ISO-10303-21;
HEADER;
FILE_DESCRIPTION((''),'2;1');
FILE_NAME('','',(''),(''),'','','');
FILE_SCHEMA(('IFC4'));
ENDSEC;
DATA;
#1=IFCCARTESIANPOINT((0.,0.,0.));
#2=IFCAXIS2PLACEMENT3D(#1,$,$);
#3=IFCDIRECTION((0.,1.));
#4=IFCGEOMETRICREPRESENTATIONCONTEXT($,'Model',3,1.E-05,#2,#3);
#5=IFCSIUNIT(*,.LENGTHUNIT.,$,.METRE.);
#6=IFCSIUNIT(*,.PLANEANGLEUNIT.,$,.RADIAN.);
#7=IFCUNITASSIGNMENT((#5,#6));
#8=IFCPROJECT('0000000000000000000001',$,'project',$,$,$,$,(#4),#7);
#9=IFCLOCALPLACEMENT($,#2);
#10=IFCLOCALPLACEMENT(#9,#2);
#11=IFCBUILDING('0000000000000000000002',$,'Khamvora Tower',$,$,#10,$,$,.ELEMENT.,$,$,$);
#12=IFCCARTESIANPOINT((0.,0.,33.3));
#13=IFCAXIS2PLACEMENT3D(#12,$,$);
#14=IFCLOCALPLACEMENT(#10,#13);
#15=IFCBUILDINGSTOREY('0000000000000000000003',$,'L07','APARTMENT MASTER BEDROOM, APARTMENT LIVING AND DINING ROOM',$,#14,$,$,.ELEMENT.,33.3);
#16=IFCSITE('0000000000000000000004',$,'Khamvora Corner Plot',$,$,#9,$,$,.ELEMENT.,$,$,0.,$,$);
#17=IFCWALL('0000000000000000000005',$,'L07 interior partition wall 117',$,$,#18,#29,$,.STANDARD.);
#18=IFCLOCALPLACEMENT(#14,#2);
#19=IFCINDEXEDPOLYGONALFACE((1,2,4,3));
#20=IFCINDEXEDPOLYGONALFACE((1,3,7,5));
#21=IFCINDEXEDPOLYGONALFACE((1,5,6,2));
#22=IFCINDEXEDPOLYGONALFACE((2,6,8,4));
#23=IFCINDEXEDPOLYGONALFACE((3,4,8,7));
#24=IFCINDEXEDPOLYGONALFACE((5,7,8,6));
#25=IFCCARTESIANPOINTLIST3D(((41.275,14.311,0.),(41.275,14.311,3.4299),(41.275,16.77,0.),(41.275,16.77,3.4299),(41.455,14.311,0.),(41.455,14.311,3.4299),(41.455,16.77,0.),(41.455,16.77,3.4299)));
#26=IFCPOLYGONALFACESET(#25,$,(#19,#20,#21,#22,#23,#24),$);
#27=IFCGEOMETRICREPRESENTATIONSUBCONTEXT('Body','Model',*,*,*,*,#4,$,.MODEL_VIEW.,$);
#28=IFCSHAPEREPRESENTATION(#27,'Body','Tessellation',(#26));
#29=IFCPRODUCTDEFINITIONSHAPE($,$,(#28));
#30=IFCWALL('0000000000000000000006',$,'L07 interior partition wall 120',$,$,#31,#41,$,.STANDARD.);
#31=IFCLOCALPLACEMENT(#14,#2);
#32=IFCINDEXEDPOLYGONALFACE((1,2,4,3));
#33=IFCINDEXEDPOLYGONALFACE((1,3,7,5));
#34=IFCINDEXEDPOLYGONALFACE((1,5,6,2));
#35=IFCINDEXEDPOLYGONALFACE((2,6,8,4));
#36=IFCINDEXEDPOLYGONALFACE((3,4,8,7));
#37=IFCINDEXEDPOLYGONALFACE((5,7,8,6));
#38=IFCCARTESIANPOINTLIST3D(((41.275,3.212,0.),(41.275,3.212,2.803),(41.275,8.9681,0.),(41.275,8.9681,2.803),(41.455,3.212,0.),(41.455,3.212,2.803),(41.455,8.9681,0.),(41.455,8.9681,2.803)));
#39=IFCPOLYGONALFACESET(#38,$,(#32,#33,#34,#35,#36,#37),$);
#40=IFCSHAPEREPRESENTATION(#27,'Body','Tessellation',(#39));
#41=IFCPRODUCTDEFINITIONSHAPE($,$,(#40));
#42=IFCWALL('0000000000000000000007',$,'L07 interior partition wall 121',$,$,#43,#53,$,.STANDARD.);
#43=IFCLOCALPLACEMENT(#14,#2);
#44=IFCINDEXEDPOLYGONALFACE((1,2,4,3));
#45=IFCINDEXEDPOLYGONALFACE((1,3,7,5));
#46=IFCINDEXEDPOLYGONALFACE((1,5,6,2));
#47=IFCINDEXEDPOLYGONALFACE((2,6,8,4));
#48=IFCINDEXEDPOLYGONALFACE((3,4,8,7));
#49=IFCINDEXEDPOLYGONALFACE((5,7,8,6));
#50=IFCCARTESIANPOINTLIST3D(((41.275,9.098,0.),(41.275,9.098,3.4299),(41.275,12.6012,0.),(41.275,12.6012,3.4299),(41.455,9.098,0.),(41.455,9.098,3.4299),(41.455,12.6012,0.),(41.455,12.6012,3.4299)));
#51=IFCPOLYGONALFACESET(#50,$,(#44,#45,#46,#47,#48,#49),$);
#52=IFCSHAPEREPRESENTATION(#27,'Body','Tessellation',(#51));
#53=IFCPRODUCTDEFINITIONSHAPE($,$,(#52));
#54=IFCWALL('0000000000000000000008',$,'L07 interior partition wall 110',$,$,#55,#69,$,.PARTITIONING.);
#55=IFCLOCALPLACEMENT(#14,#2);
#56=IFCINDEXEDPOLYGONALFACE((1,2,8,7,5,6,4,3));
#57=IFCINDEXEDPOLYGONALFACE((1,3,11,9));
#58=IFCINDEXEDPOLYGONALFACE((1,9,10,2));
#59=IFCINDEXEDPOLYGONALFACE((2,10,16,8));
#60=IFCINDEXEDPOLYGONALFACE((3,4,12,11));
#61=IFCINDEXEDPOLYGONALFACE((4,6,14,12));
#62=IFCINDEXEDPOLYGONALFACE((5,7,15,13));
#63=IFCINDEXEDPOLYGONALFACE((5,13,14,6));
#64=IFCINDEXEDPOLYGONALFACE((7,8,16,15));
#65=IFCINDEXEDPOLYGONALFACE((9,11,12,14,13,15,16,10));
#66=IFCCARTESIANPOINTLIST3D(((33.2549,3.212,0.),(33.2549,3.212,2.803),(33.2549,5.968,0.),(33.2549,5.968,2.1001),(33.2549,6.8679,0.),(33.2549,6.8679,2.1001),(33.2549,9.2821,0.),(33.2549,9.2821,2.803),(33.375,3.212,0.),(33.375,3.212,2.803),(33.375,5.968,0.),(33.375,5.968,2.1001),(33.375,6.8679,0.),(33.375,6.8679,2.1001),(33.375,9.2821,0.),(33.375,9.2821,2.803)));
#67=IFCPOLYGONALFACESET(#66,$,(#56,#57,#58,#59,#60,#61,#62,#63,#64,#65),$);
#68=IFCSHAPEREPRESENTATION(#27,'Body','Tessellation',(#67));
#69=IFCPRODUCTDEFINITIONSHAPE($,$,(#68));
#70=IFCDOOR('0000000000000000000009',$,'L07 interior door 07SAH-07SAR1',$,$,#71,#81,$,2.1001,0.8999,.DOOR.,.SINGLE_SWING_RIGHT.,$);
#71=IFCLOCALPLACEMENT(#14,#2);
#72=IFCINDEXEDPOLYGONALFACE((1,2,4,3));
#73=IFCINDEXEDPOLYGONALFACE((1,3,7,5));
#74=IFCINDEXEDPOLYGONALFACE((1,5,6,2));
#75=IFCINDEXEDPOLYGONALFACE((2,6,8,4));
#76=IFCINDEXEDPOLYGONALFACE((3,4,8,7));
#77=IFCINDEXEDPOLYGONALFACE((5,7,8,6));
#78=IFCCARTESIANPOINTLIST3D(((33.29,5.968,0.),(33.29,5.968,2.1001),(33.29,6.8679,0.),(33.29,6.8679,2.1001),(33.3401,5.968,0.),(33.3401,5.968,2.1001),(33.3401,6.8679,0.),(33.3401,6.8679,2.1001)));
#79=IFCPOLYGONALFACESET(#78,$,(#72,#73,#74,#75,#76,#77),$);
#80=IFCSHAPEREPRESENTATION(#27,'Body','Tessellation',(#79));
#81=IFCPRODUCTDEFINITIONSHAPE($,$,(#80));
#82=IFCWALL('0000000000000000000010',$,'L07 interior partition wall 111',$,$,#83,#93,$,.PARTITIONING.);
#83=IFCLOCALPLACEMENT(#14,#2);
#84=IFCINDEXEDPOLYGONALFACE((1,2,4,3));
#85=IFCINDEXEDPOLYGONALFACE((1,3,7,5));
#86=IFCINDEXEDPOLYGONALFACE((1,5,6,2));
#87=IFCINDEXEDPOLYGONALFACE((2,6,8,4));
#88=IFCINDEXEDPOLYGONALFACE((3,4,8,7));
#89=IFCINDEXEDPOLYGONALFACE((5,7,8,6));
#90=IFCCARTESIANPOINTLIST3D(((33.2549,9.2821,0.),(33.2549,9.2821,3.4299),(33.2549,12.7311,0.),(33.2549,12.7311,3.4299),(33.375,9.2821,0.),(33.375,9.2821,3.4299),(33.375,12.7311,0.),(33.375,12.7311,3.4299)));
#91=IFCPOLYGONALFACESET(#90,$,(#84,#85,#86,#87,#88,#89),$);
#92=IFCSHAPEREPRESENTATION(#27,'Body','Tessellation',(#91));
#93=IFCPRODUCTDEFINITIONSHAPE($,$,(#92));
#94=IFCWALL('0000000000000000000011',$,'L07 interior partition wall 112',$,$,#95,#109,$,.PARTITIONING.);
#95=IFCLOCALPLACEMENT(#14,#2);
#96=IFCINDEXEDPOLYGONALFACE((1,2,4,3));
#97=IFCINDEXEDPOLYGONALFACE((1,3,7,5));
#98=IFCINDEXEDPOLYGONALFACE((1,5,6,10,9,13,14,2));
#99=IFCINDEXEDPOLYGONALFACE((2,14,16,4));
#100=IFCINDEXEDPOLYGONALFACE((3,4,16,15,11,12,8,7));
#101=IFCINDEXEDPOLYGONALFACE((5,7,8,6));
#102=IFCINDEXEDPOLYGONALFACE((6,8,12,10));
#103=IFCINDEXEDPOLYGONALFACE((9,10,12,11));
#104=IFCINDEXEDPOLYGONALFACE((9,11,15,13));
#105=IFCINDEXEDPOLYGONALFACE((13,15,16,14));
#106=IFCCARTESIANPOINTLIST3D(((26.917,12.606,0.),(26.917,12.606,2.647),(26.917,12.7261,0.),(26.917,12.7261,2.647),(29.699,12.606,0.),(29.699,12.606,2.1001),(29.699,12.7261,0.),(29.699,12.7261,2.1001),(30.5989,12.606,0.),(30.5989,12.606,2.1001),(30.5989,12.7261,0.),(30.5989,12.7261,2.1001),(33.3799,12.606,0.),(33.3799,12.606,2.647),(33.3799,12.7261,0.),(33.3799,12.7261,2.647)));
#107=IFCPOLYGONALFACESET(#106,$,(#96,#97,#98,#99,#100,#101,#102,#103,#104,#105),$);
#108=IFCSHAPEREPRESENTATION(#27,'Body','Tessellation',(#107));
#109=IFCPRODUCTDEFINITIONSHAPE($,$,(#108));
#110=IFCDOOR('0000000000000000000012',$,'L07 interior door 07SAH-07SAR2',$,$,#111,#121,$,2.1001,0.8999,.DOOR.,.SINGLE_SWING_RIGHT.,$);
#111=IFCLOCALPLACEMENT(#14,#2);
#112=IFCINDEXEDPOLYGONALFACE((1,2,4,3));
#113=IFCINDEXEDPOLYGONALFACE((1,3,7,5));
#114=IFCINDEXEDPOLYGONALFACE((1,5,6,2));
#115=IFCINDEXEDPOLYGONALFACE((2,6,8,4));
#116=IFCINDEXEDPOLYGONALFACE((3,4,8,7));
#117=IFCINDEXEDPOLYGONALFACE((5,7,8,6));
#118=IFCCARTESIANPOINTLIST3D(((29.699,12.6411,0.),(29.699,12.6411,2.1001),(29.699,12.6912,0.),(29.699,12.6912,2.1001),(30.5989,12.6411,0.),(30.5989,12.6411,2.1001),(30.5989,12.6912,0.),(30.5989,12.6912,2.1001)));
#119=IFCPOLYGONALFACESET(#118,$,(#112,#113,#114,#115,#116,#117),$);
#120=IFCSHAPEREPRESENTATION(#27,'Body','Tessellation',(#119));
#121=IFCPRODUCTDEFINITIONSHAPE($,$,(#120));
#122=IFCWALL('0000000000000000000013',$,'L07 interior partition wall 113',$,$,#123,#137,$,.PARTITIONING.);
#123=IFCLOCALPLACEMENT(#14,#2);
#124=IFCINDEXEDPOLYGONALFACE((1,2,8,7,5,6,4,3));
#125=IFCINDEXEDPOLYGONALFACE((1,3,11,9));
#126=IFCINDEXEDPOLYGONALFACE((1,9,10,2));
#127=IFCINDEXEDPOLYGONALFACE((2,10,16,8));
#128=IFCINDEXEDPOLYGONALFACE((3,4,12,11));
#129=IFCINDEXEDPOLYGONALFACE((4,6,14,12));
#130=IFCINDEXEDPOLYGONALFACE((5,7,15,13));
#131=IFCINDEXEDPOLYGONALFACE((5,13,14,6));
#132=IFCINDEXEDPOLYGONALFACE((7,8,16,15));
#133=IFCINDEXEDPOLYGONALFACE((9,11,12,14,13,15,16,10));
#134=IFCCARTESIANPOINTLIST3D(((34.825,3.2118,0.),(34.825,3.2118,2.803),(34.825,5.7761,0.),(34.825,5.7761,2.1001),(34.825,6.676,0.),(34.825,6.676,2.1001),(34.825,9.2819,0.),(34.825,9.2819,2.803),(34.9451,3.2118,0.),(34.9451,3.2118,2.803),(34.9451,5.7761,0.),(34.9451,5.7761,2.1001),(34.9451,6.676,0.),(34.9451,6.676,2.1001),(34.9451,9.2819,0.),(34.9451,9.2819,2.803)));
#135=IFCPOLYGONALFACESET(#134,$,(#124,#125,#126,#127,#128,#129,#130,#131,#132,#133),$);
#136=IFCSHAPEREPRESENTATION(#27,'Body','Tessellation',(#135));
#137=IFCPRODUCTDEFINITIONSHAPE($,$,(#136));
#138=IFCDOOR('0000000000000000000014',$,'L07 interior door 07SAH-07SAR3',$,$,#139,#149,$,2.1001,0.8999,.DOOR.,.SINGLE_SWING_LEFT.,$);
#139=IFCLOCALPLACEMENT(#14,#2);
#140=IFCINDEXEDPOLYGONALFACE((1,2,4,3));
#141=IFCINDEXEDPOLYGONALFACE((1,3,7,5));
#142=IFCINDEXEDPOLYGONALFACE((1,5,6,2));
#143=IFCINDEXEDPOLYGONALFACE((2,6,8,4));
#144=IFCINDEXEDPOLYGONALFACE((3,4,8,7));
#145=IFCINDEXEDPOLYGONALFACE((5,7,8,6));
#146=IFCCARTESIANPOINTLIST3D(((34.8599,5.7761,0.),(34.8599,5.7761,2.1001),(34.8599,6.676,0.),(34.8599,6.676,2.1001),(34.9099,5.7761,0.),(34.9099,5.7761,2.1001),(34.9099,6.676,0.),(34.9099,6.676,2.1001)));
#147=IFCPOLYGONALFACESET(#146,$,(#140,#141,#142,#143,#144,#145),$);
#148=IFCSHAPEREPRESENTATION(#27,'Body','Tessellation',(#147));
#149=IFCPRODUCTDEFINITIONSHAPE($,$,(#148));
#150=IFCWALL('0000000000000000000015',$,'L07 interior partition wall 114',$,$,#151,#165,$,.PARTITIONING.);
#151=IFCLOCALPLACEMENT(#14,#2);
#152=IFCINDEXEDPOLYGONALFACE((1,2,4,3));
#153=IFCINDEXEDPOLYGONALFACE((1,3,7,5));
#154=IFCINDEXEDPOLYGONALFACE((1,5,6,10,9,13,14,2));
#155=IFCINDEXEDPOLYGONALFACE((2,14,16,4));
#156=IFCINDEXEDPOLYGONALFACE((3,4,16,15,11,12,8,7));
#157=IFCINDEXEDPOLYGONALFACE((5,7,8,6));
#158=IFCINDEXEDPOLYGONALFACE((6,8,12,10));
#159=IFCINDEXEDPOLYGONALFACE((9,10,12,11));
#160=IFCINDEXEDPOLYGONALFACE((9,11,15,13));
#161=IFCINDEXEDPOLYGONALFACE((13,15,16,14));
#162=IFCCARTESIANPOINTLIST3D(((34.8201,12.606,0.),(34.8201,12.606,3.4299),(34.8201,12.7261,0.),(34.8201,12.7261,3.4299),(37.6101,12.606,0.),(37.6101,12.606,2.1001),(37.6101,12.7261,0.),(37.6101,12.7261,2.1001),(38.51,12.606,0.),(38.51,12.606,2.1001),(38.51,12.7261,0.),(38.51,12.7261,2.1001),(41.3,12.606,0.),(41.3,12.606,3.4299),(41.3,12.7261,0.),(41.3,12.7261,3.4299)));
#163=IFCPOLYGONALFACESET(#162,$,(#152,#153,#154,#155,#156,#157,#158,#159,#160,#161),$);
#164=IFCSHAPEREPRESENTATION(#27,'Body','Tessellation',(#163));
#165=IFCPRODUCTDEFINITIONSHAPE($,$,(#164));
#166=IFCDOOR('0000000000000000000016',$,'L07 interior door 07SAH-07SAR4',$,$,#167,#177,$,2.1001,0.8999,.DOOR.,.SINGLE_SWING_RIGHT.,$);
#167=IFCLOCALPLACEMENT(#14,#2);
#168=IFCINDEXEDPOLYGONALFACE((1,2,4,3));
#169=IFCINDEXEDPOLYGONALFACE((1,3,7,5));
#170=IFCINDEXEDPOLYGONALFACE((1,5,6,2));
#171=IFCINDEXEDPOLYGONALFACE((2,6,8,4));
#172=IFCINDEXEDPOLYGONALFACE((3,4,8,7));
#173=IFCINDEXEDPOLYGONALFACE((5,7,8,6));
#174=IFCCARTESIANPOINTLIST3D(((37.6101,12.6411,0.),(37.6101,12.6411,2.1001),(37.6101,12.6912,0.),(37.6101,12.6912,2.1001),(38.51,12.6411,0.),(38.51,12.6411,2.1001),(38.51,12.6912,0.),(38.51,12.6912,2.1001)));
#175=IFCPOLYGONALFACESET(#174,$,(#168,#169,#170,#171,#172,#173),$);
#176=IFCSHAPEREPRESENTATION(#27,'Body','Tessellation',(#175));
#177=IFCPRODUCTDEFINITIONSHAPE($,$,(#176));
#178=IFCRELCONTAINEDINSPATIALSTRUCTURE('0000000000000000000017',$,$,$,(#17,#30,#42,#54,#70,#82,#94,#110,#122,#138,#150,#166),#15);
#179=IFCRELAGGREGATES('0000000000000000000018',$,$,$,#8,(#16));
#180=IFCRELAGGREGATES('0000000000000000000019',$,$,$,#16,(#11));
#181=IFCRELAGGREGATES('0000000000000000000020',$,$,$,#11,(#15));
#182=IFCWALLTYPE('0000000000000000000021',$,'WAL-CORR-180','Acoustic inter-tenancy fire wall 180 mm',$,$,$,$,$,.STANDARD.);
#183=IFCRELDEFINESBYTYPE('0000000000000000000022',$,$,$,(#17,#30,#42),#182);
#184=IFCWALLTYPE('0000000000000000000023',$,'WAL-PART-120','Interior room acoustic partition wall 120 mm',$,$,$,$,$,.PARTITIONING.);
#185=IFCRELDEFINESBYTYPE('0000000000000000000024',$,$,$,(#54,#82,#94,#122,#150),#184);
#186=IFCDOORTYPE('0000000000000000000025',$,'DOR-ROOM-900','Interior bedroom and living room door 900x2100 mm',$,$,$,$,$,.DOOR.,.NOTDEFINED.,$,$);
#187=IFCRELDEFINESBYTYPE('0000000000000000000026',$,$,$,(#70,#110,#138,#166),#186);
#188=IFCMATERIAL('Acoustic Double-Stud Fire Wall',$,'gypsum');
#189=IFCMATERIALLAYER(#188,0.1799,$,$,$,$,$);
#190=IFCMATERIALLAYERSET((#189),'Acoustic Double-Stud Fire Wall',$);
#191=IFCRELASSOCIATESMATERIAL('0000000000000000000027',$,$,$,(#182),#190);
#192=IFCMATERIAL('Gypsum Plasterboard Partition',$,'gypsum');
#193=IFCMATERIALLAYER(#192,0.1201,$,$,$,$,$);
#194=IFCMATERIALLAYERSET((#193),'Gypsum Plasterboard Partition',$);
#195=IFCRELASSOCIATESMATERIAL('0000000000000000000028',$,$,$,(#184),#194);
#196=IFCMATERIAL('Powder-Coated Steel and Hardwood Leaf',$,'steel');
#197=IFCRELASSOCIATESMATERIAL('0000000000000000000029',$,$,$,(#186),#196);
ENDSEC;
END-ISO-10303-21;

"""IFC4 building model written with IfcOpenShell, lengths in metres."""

from ifc_helpers import new_model, si_unit, direction, frame, frame_2d, origin, place, context, subcontext, project, spatial, rectangle, extrude, material, layer, layer_set, type_object, element, fill, save


model = new_model("IFC4")

# Units and contexts
model_context = context("Model", 3, precision=1e-05, world=origin(), true_north=direction((0.0, 1.0)))
body_context = subcontext(model_context, "Body", "Model", "MODEL_VIEW")
ifc_project = project(units=[si_unit("LENGTHUNIT", "METRE"), si_unit("PLANEANGLEUNIT", "RADIAN")], contexts=[model_context])

# Site, building, storey
site_placement = place(None, origin())
site = spatial("IfcSite", under=ifc_project, at=site_placement, Name="Khamvora Corner Plot", CompositionType="ELEMENT", RefElevation=0.0)
building_placement = place(site_placement, origin())
building = spatial("IfcBuilding", under=site, at=building_placement, Name="Khamvora Tower", CompositionType="ELEMENT")
storey_placement = place(building_placement, frame((0.0, 0.0, 33.3)))
storey = spatial("IfcBuildingStorey", under=building, at=storey_placement, Name="L07", Description="APARTMENT MASTER BEDROOM, APARTMENT LIVING AND DINING ROOM", CompositionType="ELEMENT", Elevation=33.3)

# Shared definitions
ifc_material_1 = material(Name="Powder-Coated Steel and Hardwood Leaf", Category="steel")

# Walls
ifc_material_2 = material(Name="Acoustic Double-Stud Fire Wall", Category="gypsum")
ifc_layer_1 = layer(ifc_material_2, 0.1799)
ifc_layer_set_1 = layer_set([ifc_layer_1], Name="Acoustic Double-Stud Fire Wall")
wall_type_1 = type_object("IfcWallType", Name="WAL-CORR-180", Description="Acoustic inter-tenancy fire wall 180 mm", PredefinedType="STANDARD", material=ifc_layer_set_1)
wall_1_placement = place(storey_placement, frame((41.365, 16.77, 0.0), z_axis=(0.0, 0.0, 1.0), x_axis=(0.0, -1.0, 0.0)))
element("IfcWall", 1, at=wall_1_placement, inside=storey, type_object=wall_type_1, Name="L07 interior partition wall 117", PredefinedType="STANDARD", context=body_context, shape_type="SweptSolid", body=[
    extrude(rectangle(XDim=2.459, YDim=0.1799, at=frame_2d((1.2295, 0.0))), origin(), (0.0, 0.0, 1.0), 3.4299),
])
wall_2_placement = place(storey_placement, frame((41.365, 8.968, 0.0), z_axis=(0.0, 0.0, 1.0), x_axis=(0.0, -1.0, 0.0)))
element("IfcWall", 2, at=wall_2_placement, inside=storey, type_object=wall_type_1, Name="L07 interior partition wall 120", PredefinedType="STANDARD", context=body_context, shape_type="SweptSolid", body=[
    extrude(rectangle(XDim=5.7561, YDim=0.1799, at=frame_2d((2.8779, 0.0))), origin(), (0.0, 0.0, 1.0), 2.803),
])
wall_3_placement = place(storey_placement, frame((41.365, 12.6011, 0.0), z_axis=(0.0, 0.0, 1.0), x_axis=(0.0, -1.0, 0.0)))
element("IfcWall", 3, at=wall_3_placement, inside=storey, type_object=wall_type_1, Name="L07 interior partition wall 121", PredefinedType="STANDARD", context=body_context, shape_type="SweptSolid", body=[
    extrude(rectangle(XDim=3.5032, YDim=0.1799, at=frame_2d((1.7515, 0.0))), origin(), (0.0, 0.0, 1.0), 3.4299),
])

# Wall, opening, door
ifc_material_3 = material(Name="Gypsum Plasterboard Partition", Category="gypsum")
ifc_layer_2 = layer(ifc_material_3, 0.1201)
ifc_layer_set_2 = layer_set([ifc_layer_2], Name="Gypsum Plasterboard Partition")
wall_type_2 = type_object("IfcWallType", Name="WAL-PART-120", Description="Interior room acoustic partition wall 120 mm", PredefinedType="PARTITIONING", material=ifc_layer_set_2)
wall_4_placement = place(storey_placement, frame((33.3149, 3.2119, 0.0), z_axis=(0.0, 0.0, 1.0), x_axis=(0.0, 1.0, 0.0)))
wall_4 = element("IfcWall", 4, at=wall_4_placement, inside=storey, type_object=wall_type_2, Name="L07 interior partition wall 110", PredefinedType="PARTITIONING", context=body_context, shape_type="SweptSolid", body=[
    extrude(rectangle(XDim=6.0701, YDim=0.1201, at=frame_2d((3.0352, 0.0))), origin(), (0.0, 0.0, 1.0), 2.803),
])
opening_1_placement = place(wall_4_placement, frame((2.7561, 0.0, 0.0)))
opening_1 = element("IfcOpeningElement", 5, at=opening_1_placement, cuts=wall_4, PredefinedType="OPENING", context=body_context, shape_type="SweptSolid", body=[
    extrude(rectangle(XDim=0.8999, YDim=2.1001, at=frame_2d((0.45, 1.05))), frame((0.0, 0.0701, 0.0), z_axis=(0.0, -1.0, 0.0), x_axis=(1.0, 0.0, 0.0)), (0.0, 0.0, 1.0), 0.1401),
])
door_type_1 = type_object("IfcDoorType", Name="DOR-ROOM-900", Description="Interior bedroom and living room door 900x2100 mm", OperationType="NOTDEFINED", PredefinedType="DOOR", material=ifc_material_1)
door_1_placement = place(opening_1_placement, origin())
door_1 = element("IfcDoor", 6, at=door_1_placement, inside=storey, type_object=door_type_1, Name="L07 interior door 07SAH-07SAR1", OperationType="SINGLE_SWING_RIGHT", OverallHeight=2.1001, OverallWidth=0.8999, PredefinedType="DOOR", context=body_context, shape_type="SweptSolid", body=[
    extrude(rectangle(XDim=0.8999, YDim=2.1001, at=frame_2d((0.45, 1.05))), frame((0.0, 0.0249, 0.0), z_axis=(0.0, -1.0, 0.0), x_axis=(1.0, 0.0, 0.0)), (0.0, 0.0, 1.0), 0.05),
])
fill(opening_1, door_1)

# Wall
wall_5_placement = place(storey_placement, frame((33.3149, 9.282, 0.0), z_axis=(0.0, 0.0, 1.0), x_axis=(0.0, 1.0, 0.0)))
element("IfcWall", 7, at=wall_5_placement, inside=storey, type_object=wall_type_2, Name="L07 interior partition wall 111", PredefinedType="PARTITIONING", context=body_context, shape_type="SweptSolid", body=[
    extrude(rectangle(XDim=3.449, YDim=0.1201, at=frame_2d((1.7246, 0.0))), origin(), (0.0, 0.0, 1.0), 3.4299),
])

# Walls, openings, doors
wall_6_placement = place(storey_placement, frame((33.3799, 12.666, 0.0), z_axis=(0.0, 0.0, 1.0), x_axis=(-1.0, 0.0, 0.0)))
wall_6 = element("IfcWall", 8, at=wall_6_placement, inside=storey, type_object=wall_type_2, Name="L07 interior partition wall 112", PredefinedType="PARTITIONING", context=body_context, shape_type="SweptSolid", body=[
    extrude(rectangle(XDim=6.4629, YDim=0.1201, at=frame_2d((3.2314, 0.0))), origin(), (0.0, 0.0, 1.0), 2.647),
])
opening_2_placement = place(wall_6_placement, frame((2.781, 0.0, 0.0)))
opening_2 = element("IfcOpeningElement", 9, at=opening_2_placement, cuts=wall_6, PredefinedType="OPENING", context=body_context, shape_type="SweptSolid", body=[
    extrude(rectangle(XDim=0.8999, YDim=2.1001, at=frame_2d((0.45, 1.05))), frame((0.0, 0.0701, 0.0), z_axis=(0.0, -1.0, 0.0), x_axis=(1.0, 0.0, 0.0)), (0.0, 0.0, 1.0), 0.1401),
])
door_2_placement = place(opening_2_placement, origin())
door_2 = element("IfcDoor", 10, at=door_2_placement, inside=storey, type_object=door_type_1, Name="L07 interior door 07SAH-07SAR2", OperationType="SINGLE_SWING_RIGHT", OverallHeight=2.1001, OverallWidth=0.8999, PredefinedType="DOOR", context=body_context, shape_type="SweptSolid", body=[
    extrude(rectangle(XDim=0.8999, YDim=2.1001, at=frame_2d((0.45, 1.05))), frame((0.0, 0.0249, 0.0), z_axis=(0.0, -1.0, 0.0), x_axis=(1.0, 0.0, 0.0)), (0.0, 0.0, 1.0), 0.05),
])
fill(opening_2, door_2)
wall_7_placement = place(storey_placement, frame((34.885, 9.282, 0.0), z_axis=(0.0, 0.0, 1.0), x_axis=(0.0, -1.0, 0.0)))
wall_7 = element("IfcWall", 11, at=wall_7_placement, inside=storey, type_object=wall_type_2, Name="L07 interior partition wall 113", PredefinedType="PARTITIONING", context=body_context, shape_type="SweptSolid", body=[
    extrude(rectangle(XDim=6.0701, YDim=0.1201, at=frame_2d((3.0352, 0.0))), origin(), (0.0, 0.0, 1.0), 2.803),
])
opening_3_placement = place(wall_7_placement, frame((2.606, 0.0, 0.0)))
opening_3 = element("IfcOpeningElement", 12, at=opening_3_placement, cuts=wall_7, PredefinedType="OPENING", context=body_context, shape_type="SweptSolid", body=[
    extrude(rectangle(XDim=0.8999, YDim=2.1001, at=frame_2d((0.45, 1.05))), frame((0.0, 0.0701, 0.0), z_axis=(0.0, -1.0, 0.0), x_axis=(1.0, 0.0, 0.0)), (0.0, 0.0, 1.0), 0.1401),
])
door_3_placement = place(opening_3_placement, origin())
door_3 = element("IfcDoor", 13, at=door_3_placement, inside=storey, type_object=door_type_1, Name="L07 interior door 07SAH-07SAR3", OperationType="SINGLE_SWING_LEFT", OverallHeight=2.1001, OverallWidth=0.8999, PredefinedType="DOOR", context=body_context, shape_type="SweptSolid", body=[
    extrude(rectangle(XDim=0.8999, YDim=2.1001, at=frame_2d((0.45, 1.05))), frame((0.0, 0.0249, 0.0), z_axis=(0.0, -1.0, 0.0), x_axis=(1.0, 0.0, 0.0)), (0.0, 0.0, 1.0), 0.05),
])
fill(opening_3, door_3)
wall_8_placement = place(storey_placement, frame((41.3, 12.666, 0.0), z_axis=(0.0, 0.0, 1.0), x_axis=(-1.0, 0.0, 0.0)))
wall_8 = element("IfcWall", 14, at=wall_8_placement, inside=storey, type_object=wall_type_2, Name="L07 interior partition wall 114", PredefinedType="PARTITIONING", context=body_context, shape_type="SweptSolid", body=[
    extrude(rectangle(XDim=6.48, YDim=0.1201, at=frame_2d((3.24, 0.0))), origin(), (0.0, 0.0, 1.0), 3.4299),
])
opening_4_placement = place(wall_8_placement, frame((2.79, 0.0, 0.0)))
opening_4 = element("IfcOpeningElement", 15, at=opening_4_placement, cuts=wall_8, PredefinedType="OPENING", context=body_context, shape_type="SweptSolid", body=[
    extrude(rectangle(XDim=0.8999, YDim=2.1001, at=frame_2d((0.45, 1.05))), frame((0.0, 0.0701, 0.0), z_axis=(0.0, -1.0, 0.0), x_axis=(1.0, 0.0, 0.0)), (0.0, 0.0, 1.0), 0.1401),
])
door_4_placement = place(opening_4_placement, origin())
door_4 = element("IfcDoor", 16, at=door_4_placement, inside=storey, type_object=door_type_1, Name="L07 interior door 07SAH-07SAR4", OperationType="SINGLE_SWING_RIGHT", OverallHeight=2.1001, OverallWidth=0.8999, PredefinedType="DOOR", context=body_context, shape_type="SweptSolid", body=[
    extrude(rectangle(XDim=0.8999, YDim=2.1001, at=frame_2d((0.45, 1.05))), frame((0.0, 0.0249, 0.0), z_axis=(0.0, -1.0, 0.0), x_axis=(1.0, 0.0, 0.0)), (0.0, 0.0, 1.0), 0.05),
])
fill(opening_4, door_4)

save(model, "model.ifc")
